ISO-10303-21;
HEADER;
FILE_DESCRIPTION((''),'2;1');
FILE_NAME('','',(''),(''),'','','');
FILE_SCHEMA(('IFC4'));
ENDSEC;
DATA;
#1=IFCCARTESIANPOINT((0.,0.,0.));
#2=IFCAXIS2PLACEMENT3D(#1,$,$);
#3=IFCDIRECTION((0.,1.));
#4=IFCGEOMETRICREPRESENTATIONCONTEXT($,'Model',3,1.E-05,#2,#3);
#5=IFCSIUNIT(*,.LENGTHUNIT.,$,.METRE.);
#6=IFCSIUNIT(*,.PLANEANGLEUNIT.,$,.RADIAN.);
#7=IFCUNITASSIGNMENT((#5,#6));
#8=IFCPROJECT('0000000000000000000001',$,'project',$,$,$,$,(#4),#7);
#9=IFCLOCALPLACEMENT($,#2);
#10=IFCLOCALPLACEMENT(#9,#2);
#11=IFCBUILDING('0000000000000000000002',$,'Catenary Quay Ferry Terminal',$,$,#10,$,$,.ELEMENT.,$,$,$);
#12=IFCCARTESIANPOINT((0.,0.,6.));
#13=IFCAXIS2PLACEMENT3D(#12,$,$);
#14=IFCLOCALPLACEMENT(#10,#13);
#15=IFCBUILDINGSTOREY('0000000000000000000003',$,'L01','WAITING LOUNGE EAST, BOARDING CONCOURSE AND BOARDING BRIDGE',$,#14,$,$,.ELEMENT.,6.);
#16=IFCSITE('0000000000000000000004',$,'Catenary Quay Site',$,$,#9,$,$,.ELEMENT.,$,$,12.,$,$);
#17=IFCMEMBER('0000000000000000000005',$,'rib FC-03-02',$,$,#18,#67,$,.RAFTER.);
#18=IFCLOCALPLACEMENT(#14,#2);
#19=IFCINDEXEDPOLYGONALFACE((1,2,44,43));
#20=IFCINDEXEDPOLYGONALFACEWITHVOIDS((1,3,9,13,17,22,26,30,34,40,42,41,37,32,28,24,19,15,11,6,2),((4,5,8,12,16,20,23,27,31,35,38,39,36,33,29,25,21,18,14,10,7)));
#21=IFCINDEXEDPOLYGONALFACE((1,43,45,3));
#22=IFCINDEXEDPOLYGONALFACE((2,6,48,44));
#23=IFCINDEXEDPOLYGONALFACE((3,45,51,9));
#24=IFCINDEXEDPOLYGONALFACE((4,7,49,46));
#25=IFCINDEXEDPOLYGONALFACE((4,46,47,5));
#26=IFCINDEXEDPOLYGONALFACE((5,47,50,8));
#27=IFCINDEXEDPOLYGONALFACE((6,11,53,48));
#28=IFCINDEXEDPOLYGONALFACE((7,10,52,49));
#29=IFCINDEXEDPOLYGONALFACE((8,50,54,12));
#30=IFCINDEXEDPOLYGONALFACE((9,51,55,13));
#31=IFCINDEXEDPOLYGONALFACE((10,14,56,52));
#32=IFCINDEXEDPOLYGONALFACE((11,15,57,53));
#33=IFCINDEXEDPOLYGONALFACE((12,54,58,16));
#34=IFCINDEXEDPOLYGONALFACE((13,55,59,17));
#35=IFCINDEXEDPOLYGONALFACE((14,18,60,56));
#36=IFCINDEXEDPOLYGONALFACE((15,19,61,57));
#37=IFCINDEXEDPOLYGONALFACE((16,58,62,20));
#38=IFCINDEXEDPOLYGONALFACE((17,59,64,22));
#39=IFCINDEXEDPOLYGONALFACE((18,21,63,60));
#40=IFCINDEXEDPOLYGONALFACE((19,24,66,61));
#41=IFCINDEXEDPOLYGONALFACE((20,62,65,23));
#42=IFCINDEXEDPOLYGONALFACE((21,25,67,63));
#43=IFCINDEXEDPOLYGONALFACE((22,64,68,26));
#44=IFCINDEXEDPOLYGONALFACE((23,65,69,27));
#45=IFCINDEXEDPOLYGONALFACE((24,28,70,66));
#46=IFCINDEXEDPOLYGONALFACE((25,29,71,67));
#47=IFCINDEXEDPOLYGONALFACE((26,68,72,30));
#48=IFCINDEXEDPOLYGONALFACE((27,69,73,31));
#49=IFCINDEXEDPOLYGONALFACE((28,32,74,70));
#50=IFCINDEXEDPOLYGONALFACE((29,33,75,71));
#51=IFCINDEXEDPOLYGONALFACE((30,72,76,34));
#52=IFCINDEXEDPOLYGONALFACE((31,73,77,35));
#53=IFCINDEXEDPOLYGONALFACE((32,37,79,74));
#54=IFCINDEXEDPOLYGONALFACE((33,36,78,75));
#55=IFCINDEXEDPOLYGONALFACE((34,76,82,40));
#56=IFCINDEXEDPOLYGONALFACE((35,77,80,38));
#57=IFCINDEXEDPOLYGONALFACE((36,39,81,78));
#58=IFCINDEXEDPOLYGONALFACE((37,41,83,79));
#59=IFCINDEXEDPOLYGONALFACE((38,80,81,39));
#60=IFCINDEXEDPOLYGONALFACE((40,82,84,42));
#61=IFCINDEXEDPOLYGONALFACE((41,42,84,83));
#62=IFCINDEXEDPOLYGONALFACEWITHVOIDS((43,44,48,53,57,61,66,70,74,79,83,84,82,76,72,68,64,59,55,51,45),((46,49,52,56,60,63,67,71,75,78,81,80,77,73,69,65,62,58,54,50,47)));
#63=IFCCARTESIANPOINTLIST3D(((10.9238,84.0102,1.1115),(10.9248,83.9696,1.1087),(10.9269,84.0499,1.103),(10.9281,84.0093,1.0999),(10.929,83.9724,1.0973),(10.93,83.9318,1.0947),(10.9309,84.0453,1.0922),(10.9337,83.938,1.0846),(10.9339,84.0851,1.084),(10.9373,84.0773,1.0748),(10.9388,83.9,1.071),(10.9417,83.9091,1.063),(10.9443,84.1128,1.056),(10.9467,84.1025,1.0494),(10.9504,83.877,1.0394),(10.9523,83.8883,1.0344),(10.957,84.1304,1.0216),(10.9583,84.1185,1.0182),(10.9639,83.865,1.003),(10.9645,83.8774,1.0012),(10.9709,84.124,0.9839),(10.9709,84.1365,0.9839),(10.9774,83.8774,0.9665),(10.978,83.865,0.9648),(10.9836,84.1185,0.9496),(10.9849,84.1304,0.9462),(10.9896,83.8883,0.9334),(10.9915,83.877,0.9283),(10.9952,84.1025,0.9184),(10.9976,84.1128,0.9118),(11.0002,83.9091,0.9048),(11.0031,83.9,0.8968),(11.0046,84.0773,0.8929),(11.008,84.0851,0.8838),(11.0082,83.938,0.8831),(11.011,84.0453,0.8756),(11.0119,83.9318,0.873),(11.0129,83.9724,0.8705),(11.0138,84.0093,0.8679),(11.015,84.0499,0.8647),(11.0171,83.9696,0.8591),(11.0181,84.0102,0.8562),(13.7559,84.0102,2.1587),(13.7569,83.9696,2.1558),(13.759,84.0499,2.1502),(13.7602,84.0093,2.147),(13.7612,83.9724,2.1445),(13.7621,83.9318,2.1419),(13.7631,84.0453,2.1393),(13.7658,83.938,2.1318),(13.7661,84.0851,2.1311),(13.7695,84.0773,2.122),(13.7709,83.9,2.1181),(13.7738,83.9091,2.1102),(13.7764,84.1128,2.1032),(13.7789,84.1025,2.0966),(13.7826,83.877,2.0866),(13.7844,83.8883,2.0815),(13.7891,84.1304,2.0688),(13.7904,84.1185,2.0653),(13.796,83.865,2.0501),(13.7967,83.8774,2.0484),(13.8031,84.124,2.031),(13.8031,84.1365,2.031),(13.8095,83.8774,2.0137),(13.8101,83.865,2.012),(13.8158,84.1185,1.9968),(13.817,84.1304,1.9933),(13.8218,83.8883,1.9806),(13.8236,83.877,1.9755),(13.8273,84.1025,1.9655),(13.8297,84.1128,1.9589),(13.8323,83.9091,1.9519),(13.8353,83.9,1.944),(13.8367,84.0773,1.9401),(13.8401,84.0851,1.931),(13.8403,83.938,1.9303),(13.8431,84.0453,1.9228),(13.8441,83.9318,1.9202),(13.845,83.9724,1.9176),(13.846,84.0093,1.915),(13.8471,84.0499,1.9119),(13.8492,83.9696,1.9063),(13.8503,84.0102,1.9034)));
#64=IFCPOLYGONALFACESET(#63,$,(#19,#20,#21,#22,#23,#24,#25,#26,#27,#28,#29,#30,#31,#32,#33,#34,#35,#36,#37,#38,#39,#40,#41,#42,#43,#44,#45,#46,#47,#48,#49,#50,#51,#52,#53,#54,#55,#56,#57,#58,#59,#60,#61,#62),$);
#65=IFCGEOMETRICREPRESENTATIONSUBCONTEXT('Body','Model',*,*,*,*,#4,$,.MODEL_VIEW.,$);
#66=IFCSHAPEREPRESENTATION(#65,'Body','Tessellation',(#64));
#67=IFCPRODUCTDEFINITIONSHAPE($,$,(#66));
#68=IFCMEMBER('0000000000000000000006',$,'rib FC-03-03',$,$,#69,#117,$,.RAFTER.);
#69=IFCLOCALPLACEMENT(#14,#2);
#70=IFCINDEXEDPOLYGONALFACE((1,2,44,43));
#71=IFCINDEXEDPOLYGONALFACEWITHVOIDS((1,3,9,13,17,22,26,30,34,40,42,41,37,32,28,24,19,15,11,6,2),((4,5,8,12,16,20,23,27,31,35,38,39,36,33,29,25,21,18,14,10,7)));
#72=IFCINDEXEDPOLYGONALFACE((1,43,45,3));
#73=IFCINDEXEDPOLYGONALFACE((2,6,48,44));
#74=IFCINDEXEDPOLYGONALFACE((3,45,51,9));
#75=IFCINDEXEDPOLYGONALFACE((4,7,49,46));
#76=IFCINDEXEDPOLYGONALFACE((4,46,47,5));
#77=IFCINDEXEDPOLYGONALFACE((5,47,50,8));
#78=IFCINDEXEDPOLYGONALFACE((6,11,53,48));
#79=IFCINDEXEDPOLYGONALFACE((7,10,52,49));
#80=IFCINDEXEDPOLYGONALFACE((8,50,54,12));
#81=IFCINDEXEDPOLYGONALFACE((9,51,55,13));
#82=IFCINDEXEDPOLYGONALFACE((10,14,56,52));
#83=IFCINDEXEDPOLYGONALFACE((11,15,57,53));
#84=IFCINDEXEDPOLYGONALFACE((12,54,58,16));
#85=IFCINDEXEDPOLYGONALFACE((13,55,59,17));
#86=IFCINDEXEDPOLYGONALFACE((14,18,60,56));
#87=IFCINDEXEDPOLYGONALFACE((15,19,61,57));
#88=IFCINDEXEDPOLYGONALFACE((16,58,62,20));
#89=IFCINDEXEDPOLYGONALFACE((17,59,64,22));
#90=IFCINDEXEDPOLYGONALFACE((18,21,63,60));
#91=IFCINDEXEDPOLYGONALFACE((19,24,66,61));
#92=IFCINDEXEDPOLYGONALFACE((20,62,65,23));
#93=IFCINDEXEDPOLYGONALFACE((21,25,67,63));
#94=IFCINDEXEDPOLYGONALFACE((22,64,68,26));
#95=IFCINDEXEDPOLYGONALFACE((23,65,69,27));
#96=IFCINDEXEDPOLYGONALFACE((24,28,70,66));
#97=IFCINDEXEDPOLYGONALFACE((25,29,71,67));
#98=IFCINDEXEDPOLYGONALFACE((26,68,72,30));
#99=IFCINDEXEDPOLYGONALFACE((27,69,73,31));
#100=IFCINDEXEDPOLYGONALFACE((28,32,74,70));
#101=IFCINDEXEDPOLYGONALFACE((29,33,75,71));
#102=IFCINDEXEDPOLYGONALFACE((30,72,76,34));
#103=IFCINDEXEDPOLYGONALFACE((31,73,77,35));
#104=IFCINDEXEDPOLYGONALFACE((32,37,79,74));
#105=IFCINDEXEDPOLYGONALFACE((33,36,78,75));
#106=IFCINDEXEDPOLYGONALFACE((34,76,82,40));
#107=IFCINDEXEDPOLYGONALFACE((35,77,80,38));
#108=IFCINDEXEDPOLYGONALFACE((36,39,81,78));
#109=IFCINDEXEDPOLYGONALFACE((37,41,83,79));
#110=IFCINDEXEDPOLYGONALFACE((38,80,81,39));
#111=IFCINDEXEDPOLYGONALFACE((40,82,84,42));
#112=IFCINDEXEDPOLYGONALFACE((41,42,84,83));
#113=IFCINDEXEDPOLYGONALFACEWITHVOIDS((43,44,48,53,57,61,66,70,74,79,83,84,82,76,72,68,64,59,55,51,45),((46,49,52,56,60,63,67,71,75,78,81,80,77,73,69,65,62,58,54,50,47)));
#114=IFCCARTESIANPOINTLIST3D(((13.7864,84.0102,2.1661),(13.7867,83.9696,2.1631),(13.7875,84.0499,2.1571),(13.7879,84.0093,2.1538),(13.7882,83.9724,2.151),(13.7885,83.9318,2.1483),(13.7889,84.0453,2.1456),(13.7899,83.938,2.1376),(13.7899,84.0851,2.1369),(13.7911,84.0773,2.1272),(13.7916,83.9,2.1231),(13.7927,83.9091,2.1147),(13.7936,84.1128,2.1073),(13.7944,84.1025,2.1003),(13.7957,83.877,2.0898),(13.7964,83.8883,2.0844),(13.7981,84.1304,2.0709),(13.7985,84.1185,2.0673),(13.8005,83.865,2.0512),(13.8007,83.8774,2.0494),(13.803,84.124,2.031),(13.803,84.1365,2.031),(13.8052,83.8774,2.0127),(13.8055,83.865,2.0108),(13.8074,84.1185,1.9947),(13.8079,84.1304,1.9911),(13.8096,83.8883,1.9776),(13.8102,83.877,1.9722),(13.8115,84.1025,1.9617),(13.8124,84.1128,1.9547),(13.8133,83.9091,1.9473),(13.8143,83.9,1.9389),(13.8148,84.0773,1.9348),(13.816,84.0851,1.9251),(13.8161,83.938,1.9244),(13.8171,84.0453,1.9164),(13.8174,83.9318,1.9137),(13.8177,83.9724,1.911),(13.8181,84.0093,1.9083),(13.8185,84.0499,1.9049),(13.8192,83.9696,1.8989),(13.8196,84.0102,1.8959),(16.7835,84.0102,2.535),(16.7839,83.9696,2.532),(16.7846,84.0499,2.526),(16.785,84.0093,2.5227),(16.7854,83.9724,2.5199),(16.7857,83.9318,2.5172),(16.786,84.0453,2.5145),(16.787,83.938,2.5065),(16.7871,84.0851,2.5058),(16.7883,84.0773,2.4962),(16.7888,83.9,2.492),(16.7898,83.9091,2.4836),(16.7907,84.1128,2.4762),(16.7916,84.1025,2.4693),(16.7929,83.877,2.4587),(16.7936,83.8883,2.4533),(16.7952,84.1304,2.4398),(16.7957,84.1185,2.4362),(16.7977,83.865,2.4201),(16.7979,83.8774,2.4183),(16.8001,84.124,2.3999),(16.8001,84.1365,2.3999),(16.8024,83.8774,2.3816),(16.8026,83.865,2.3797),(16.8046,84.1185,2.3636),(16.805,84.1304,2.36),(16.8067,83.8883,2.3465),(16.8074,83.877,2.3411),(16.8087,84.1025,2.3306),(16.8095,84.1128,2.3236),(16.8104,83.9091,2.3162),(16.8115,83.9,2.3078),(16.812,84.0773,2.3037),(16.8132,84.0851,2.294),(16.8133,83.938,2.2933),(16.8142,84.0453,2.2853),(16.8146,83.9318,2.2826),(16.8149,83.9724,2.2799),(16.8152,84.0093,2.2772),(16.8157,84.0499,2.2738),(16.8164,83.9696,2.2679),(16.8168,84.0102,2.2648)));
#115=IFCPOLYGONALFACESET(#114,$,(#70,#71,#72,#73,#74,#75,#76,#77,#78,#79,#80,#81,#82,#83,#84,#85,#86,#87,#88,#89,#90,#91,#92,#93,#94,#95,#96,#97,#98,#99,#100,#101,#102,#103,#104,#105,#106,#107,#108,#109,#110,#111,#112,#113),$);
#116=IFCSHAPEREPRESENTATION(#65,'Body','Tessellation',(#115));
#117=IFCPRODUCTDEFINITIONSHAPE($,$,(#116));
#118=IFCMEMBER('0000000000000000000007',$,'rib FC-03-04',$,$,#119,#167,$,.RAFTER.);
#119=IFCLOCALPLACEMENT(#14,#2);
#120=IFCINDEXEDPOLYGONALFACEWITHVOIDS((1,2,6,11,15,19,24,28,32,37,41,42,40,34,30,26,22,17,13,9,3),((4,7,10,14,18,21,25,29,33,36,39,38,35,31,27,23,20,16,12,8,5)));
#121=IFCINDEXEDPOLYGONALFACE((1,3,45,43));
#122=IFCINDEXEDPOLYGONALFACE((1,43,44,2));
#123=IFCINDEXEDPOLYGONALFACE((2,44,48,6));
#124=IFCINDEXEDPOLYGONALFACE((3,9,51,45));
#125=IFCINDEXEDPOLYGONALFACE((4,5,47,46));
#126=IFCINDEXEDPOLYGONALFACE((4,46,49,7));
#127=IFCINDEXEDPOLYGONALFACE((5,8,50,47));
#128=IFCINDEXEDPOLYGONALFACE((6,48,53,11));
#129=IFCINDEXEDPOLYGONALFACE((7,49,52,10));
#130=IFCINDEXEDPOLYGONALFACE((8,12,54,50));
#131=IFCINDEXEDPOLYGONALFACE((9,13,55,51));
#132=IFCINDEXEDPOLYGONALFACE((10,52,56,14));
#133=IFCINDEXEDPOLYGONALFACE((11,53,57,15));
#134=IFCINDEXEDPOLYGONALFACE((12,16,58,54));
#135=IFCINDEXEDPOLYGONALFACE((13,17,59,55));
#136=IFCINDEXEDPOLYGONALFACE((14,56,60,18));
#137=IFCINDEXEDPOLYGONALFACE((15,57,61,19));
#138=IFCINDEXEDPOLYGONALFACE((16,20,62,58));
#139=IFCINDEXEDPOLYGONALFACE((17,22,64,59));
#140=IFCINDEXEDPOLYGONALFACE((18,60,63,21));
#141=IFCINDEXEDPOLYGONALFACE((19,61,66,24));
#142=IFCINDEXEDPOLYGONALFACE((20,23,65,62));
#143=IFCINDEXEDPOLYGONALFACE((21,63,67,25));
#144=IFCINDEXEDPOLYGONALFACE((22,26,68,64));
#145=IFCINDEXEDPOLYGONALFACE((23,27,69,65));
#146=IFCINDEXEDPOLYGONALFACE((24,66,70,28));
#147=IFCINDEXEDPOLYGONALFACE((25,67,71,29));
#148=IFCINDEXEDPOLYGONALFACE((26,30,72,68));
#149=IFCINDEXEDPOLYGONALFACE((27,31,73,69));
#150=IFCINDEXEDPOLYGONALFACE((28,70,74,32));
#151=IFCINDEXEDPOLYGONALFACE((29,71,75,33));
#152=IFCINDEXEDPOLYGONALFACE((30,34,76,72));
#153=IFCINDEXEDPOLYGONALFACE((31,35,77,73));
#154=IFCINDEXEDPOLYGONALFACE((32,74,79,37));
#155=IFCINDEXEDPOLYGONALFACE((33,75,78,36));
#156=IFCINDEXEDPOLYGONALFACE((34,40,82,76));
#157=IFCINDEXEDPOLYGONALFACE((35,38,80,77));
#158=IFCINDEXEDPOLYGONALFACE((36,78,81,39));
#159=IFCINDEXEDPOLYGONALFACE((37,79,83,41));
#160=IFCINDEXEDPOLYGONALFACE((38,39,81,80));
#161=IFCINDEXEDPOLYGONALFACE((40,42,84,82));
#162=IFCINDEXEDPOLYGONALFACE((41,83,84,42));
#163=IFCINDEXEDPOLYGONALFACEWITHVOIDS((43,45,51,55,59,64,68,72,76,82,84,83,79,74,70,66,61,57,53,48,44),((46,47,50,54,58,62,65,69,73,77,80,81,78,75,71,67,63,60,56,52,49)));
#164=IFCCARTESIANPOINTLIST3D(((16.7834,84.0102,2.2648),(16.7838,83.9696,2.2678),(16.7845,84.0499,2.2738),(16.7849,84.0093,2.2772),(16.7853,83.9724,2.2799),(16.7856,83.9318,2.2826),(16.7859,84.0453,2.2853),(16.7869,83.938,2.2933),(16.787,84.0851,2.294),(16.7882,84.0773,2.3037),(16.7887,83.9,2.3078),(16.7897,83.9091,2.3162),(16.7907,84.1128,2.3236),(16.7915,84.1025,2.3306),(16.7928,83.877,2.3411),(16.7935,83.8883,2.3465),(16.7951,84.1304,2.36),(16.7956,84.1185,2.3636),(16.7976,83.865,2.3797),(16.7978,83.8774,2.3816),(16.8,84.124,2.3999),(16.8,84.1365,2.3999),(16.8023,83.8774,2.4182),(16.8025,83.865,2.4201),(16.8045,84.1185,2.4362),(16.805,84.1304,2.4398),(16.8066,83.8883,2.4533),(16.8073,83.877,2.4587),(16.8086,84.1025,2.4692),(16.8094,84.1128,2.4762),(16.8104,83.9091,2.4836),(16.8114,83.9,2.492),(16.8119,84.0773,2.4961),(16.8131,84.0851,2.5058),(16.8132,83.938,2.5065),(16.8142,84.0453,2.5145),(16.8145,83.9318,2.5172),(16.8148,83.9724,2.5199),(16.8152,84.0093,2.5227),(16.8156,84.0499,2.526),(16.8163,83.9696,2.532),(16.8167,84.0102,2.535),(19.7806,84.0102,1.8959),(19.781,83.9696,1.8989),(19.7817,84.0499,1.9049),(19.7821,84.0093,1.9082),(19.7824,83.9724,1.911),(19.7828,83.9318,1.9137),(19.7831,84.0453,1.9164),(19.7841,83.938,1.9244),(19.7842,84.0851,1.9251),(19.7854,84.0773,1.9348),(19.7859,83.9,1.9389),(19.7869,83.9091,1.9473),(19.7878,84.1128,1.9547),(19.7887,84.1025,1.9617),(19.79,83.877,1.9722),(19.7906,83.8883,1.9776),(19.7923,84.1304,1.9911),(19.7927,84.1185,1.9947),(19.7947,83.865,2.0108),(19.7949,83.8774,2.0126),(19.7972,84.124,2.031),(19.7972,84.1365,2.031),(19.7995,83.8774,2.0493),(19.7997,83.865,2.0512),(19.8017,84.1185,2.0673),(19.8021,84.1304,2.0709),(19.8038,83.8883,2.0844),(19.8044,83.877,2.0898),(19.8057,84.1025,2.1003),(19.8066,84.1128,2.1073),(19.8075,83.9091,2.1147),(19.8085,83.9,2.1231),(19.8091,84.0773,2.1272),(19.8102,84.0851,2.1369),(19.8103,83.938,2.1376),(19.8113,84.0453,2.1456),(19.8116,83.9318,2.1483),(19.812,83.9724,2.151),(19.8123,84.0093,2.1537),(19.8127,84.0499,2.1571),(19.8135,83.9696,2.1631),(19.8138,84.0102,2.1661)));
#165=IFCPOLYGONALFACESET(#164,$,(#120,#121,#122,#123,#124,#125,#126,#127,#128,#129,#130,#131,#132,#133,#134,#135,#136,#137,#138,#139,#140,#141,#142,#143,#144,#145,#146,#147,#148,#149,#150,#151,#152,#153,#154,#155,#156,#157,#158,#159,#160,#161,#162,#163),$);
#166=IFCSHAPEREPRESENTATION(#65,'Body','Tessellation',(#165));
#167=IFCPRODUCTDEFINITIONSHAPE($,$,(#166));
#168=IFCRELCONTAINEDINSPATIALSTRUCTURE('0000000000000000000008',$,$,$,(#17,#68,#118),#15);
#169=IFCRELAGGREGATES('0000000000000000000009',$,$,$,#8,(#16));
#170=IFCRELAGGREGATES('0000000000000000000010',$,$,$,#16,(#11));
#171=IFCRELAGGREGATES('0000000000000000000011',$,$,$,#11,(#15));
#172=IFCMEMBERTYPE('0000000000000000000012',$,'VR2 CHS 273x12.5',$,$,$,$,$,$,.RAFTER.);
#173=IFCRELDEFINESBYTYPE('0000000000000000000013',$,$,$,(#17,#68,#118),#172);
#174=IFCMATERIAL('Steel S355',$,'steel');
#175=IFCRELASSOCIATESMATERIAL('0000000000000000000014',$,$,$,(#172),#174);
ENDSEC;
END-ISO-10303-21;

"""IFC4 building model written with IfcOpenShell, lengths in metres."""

from ifc_helpers import new_model, si_unit, direction, frame, origin, origin_2d, place, context, subcontext, project, spatial, hollow_circle, extrude, material, material_profile, profile_set, type_object, element, save


model = new_model("IFC4")

# Units and contexts
model_context = context("Model", 3, precision=1e-05, world=origin(), true_north=direction((0.0, 1.0)))
body_context = subcontext(model_context, "Body", "Model", "MODEL_VIEW")
ifc_project = project(units=[si_unit("LENGTHUNIT", "METRE"), si_unit("PLANEANGLEUNIT", "RADIAN")], contexts=[model_context])

# Site, building, storey
site_placement = place(None, origin())
site = spatial("IfcSite", under=ifc_project, at=site_placement, Name="Catenary Quay Site", CompositionType="ELEMENT", RefElevation=12.0)
building_placement = place(site_placement, origin())
building = spatial("IfcBuilding", under=site, at=building_placement, Name="Catenary Quay Ferry Terminal", CompositionType="ELEMENT")
storey_placement = place(building_placement, frame((0.0, 0.0, 6.0)))
storey = spatial("IfcBuildingStorey", under=building, at=storey_placement, Name="L01", Description="WAITING LOUNGE EAST, BOARDING CONCOURSE AND BOARDING BRIDGE", CompositionType="ELEMENT", Elevation=6.0)

# Members
ifc_material_1 = material(Name="Steel S355", Category="steel")
ifc_material_profile_1 = material_profile(ifc_material_1, hollow_circle(Radius=0.1365, WallThickness=0.0125, at=origin_2d()), Name="CHS 273x12.5")
ifc_profile_set_1 = profile_set([ifc_material_profile_1], Name="Steel S355")
member_type_1 = type_object("IfcMemberType", Name="VR2 CHS 273x12.5", PredefinedType="RAFTER", material=ifc_profile_set_1)
member_1_placement = place(storey_placement, frame((10.9709, 84.0, 0.9839), z_axis=(0.937941, 0.0, 0.346796), x_axis=(0.0, 1.0, 0.0)))
element("IfcMember", 1, at=member_1_placement, inside=storey, type_object=member_type_1, Name="rib FC-03-02", PredefinedType="RAFTER", context=body_context, shape_type="SweptSolid", body=[
    extrude(hollow_circle(Radius=0.1365, WallThickness=0.0125, at=origin_2d()), origin(), (0.0, 0.0, 1.0), 3.0195),
])
for number, where, z_axis, x_axis, name in (
    (2, (13.803, 84.0, 2.031), (0.99251, 0.0, 0.122164), (0.0, 1.0, 0.0), "rib FC-03-03"),
    (3, (16.8, 84.0, 2.3999), (0.99251, 0.0, -0.122164), (0.0, 1.0, 0.0), "rib FC-03-04"),
):
    element("IfcMember", number, at=place(storey_placement, frame(where, z_axis=z_axis, x_axis=x_axis)), inside=storey, type_object=member_type_1, Name=name, PredefinedType="RAFTER", context=body_context, shape_type="SweptSolid", body=[
        extrude(hollow_circle(Radius=0.1365, WallThickness=0.0125, at=origin_2d()), origin(), (0.0, 0.0, 1.0), 3.0198),
    ])

save(model, "model.ifc")
